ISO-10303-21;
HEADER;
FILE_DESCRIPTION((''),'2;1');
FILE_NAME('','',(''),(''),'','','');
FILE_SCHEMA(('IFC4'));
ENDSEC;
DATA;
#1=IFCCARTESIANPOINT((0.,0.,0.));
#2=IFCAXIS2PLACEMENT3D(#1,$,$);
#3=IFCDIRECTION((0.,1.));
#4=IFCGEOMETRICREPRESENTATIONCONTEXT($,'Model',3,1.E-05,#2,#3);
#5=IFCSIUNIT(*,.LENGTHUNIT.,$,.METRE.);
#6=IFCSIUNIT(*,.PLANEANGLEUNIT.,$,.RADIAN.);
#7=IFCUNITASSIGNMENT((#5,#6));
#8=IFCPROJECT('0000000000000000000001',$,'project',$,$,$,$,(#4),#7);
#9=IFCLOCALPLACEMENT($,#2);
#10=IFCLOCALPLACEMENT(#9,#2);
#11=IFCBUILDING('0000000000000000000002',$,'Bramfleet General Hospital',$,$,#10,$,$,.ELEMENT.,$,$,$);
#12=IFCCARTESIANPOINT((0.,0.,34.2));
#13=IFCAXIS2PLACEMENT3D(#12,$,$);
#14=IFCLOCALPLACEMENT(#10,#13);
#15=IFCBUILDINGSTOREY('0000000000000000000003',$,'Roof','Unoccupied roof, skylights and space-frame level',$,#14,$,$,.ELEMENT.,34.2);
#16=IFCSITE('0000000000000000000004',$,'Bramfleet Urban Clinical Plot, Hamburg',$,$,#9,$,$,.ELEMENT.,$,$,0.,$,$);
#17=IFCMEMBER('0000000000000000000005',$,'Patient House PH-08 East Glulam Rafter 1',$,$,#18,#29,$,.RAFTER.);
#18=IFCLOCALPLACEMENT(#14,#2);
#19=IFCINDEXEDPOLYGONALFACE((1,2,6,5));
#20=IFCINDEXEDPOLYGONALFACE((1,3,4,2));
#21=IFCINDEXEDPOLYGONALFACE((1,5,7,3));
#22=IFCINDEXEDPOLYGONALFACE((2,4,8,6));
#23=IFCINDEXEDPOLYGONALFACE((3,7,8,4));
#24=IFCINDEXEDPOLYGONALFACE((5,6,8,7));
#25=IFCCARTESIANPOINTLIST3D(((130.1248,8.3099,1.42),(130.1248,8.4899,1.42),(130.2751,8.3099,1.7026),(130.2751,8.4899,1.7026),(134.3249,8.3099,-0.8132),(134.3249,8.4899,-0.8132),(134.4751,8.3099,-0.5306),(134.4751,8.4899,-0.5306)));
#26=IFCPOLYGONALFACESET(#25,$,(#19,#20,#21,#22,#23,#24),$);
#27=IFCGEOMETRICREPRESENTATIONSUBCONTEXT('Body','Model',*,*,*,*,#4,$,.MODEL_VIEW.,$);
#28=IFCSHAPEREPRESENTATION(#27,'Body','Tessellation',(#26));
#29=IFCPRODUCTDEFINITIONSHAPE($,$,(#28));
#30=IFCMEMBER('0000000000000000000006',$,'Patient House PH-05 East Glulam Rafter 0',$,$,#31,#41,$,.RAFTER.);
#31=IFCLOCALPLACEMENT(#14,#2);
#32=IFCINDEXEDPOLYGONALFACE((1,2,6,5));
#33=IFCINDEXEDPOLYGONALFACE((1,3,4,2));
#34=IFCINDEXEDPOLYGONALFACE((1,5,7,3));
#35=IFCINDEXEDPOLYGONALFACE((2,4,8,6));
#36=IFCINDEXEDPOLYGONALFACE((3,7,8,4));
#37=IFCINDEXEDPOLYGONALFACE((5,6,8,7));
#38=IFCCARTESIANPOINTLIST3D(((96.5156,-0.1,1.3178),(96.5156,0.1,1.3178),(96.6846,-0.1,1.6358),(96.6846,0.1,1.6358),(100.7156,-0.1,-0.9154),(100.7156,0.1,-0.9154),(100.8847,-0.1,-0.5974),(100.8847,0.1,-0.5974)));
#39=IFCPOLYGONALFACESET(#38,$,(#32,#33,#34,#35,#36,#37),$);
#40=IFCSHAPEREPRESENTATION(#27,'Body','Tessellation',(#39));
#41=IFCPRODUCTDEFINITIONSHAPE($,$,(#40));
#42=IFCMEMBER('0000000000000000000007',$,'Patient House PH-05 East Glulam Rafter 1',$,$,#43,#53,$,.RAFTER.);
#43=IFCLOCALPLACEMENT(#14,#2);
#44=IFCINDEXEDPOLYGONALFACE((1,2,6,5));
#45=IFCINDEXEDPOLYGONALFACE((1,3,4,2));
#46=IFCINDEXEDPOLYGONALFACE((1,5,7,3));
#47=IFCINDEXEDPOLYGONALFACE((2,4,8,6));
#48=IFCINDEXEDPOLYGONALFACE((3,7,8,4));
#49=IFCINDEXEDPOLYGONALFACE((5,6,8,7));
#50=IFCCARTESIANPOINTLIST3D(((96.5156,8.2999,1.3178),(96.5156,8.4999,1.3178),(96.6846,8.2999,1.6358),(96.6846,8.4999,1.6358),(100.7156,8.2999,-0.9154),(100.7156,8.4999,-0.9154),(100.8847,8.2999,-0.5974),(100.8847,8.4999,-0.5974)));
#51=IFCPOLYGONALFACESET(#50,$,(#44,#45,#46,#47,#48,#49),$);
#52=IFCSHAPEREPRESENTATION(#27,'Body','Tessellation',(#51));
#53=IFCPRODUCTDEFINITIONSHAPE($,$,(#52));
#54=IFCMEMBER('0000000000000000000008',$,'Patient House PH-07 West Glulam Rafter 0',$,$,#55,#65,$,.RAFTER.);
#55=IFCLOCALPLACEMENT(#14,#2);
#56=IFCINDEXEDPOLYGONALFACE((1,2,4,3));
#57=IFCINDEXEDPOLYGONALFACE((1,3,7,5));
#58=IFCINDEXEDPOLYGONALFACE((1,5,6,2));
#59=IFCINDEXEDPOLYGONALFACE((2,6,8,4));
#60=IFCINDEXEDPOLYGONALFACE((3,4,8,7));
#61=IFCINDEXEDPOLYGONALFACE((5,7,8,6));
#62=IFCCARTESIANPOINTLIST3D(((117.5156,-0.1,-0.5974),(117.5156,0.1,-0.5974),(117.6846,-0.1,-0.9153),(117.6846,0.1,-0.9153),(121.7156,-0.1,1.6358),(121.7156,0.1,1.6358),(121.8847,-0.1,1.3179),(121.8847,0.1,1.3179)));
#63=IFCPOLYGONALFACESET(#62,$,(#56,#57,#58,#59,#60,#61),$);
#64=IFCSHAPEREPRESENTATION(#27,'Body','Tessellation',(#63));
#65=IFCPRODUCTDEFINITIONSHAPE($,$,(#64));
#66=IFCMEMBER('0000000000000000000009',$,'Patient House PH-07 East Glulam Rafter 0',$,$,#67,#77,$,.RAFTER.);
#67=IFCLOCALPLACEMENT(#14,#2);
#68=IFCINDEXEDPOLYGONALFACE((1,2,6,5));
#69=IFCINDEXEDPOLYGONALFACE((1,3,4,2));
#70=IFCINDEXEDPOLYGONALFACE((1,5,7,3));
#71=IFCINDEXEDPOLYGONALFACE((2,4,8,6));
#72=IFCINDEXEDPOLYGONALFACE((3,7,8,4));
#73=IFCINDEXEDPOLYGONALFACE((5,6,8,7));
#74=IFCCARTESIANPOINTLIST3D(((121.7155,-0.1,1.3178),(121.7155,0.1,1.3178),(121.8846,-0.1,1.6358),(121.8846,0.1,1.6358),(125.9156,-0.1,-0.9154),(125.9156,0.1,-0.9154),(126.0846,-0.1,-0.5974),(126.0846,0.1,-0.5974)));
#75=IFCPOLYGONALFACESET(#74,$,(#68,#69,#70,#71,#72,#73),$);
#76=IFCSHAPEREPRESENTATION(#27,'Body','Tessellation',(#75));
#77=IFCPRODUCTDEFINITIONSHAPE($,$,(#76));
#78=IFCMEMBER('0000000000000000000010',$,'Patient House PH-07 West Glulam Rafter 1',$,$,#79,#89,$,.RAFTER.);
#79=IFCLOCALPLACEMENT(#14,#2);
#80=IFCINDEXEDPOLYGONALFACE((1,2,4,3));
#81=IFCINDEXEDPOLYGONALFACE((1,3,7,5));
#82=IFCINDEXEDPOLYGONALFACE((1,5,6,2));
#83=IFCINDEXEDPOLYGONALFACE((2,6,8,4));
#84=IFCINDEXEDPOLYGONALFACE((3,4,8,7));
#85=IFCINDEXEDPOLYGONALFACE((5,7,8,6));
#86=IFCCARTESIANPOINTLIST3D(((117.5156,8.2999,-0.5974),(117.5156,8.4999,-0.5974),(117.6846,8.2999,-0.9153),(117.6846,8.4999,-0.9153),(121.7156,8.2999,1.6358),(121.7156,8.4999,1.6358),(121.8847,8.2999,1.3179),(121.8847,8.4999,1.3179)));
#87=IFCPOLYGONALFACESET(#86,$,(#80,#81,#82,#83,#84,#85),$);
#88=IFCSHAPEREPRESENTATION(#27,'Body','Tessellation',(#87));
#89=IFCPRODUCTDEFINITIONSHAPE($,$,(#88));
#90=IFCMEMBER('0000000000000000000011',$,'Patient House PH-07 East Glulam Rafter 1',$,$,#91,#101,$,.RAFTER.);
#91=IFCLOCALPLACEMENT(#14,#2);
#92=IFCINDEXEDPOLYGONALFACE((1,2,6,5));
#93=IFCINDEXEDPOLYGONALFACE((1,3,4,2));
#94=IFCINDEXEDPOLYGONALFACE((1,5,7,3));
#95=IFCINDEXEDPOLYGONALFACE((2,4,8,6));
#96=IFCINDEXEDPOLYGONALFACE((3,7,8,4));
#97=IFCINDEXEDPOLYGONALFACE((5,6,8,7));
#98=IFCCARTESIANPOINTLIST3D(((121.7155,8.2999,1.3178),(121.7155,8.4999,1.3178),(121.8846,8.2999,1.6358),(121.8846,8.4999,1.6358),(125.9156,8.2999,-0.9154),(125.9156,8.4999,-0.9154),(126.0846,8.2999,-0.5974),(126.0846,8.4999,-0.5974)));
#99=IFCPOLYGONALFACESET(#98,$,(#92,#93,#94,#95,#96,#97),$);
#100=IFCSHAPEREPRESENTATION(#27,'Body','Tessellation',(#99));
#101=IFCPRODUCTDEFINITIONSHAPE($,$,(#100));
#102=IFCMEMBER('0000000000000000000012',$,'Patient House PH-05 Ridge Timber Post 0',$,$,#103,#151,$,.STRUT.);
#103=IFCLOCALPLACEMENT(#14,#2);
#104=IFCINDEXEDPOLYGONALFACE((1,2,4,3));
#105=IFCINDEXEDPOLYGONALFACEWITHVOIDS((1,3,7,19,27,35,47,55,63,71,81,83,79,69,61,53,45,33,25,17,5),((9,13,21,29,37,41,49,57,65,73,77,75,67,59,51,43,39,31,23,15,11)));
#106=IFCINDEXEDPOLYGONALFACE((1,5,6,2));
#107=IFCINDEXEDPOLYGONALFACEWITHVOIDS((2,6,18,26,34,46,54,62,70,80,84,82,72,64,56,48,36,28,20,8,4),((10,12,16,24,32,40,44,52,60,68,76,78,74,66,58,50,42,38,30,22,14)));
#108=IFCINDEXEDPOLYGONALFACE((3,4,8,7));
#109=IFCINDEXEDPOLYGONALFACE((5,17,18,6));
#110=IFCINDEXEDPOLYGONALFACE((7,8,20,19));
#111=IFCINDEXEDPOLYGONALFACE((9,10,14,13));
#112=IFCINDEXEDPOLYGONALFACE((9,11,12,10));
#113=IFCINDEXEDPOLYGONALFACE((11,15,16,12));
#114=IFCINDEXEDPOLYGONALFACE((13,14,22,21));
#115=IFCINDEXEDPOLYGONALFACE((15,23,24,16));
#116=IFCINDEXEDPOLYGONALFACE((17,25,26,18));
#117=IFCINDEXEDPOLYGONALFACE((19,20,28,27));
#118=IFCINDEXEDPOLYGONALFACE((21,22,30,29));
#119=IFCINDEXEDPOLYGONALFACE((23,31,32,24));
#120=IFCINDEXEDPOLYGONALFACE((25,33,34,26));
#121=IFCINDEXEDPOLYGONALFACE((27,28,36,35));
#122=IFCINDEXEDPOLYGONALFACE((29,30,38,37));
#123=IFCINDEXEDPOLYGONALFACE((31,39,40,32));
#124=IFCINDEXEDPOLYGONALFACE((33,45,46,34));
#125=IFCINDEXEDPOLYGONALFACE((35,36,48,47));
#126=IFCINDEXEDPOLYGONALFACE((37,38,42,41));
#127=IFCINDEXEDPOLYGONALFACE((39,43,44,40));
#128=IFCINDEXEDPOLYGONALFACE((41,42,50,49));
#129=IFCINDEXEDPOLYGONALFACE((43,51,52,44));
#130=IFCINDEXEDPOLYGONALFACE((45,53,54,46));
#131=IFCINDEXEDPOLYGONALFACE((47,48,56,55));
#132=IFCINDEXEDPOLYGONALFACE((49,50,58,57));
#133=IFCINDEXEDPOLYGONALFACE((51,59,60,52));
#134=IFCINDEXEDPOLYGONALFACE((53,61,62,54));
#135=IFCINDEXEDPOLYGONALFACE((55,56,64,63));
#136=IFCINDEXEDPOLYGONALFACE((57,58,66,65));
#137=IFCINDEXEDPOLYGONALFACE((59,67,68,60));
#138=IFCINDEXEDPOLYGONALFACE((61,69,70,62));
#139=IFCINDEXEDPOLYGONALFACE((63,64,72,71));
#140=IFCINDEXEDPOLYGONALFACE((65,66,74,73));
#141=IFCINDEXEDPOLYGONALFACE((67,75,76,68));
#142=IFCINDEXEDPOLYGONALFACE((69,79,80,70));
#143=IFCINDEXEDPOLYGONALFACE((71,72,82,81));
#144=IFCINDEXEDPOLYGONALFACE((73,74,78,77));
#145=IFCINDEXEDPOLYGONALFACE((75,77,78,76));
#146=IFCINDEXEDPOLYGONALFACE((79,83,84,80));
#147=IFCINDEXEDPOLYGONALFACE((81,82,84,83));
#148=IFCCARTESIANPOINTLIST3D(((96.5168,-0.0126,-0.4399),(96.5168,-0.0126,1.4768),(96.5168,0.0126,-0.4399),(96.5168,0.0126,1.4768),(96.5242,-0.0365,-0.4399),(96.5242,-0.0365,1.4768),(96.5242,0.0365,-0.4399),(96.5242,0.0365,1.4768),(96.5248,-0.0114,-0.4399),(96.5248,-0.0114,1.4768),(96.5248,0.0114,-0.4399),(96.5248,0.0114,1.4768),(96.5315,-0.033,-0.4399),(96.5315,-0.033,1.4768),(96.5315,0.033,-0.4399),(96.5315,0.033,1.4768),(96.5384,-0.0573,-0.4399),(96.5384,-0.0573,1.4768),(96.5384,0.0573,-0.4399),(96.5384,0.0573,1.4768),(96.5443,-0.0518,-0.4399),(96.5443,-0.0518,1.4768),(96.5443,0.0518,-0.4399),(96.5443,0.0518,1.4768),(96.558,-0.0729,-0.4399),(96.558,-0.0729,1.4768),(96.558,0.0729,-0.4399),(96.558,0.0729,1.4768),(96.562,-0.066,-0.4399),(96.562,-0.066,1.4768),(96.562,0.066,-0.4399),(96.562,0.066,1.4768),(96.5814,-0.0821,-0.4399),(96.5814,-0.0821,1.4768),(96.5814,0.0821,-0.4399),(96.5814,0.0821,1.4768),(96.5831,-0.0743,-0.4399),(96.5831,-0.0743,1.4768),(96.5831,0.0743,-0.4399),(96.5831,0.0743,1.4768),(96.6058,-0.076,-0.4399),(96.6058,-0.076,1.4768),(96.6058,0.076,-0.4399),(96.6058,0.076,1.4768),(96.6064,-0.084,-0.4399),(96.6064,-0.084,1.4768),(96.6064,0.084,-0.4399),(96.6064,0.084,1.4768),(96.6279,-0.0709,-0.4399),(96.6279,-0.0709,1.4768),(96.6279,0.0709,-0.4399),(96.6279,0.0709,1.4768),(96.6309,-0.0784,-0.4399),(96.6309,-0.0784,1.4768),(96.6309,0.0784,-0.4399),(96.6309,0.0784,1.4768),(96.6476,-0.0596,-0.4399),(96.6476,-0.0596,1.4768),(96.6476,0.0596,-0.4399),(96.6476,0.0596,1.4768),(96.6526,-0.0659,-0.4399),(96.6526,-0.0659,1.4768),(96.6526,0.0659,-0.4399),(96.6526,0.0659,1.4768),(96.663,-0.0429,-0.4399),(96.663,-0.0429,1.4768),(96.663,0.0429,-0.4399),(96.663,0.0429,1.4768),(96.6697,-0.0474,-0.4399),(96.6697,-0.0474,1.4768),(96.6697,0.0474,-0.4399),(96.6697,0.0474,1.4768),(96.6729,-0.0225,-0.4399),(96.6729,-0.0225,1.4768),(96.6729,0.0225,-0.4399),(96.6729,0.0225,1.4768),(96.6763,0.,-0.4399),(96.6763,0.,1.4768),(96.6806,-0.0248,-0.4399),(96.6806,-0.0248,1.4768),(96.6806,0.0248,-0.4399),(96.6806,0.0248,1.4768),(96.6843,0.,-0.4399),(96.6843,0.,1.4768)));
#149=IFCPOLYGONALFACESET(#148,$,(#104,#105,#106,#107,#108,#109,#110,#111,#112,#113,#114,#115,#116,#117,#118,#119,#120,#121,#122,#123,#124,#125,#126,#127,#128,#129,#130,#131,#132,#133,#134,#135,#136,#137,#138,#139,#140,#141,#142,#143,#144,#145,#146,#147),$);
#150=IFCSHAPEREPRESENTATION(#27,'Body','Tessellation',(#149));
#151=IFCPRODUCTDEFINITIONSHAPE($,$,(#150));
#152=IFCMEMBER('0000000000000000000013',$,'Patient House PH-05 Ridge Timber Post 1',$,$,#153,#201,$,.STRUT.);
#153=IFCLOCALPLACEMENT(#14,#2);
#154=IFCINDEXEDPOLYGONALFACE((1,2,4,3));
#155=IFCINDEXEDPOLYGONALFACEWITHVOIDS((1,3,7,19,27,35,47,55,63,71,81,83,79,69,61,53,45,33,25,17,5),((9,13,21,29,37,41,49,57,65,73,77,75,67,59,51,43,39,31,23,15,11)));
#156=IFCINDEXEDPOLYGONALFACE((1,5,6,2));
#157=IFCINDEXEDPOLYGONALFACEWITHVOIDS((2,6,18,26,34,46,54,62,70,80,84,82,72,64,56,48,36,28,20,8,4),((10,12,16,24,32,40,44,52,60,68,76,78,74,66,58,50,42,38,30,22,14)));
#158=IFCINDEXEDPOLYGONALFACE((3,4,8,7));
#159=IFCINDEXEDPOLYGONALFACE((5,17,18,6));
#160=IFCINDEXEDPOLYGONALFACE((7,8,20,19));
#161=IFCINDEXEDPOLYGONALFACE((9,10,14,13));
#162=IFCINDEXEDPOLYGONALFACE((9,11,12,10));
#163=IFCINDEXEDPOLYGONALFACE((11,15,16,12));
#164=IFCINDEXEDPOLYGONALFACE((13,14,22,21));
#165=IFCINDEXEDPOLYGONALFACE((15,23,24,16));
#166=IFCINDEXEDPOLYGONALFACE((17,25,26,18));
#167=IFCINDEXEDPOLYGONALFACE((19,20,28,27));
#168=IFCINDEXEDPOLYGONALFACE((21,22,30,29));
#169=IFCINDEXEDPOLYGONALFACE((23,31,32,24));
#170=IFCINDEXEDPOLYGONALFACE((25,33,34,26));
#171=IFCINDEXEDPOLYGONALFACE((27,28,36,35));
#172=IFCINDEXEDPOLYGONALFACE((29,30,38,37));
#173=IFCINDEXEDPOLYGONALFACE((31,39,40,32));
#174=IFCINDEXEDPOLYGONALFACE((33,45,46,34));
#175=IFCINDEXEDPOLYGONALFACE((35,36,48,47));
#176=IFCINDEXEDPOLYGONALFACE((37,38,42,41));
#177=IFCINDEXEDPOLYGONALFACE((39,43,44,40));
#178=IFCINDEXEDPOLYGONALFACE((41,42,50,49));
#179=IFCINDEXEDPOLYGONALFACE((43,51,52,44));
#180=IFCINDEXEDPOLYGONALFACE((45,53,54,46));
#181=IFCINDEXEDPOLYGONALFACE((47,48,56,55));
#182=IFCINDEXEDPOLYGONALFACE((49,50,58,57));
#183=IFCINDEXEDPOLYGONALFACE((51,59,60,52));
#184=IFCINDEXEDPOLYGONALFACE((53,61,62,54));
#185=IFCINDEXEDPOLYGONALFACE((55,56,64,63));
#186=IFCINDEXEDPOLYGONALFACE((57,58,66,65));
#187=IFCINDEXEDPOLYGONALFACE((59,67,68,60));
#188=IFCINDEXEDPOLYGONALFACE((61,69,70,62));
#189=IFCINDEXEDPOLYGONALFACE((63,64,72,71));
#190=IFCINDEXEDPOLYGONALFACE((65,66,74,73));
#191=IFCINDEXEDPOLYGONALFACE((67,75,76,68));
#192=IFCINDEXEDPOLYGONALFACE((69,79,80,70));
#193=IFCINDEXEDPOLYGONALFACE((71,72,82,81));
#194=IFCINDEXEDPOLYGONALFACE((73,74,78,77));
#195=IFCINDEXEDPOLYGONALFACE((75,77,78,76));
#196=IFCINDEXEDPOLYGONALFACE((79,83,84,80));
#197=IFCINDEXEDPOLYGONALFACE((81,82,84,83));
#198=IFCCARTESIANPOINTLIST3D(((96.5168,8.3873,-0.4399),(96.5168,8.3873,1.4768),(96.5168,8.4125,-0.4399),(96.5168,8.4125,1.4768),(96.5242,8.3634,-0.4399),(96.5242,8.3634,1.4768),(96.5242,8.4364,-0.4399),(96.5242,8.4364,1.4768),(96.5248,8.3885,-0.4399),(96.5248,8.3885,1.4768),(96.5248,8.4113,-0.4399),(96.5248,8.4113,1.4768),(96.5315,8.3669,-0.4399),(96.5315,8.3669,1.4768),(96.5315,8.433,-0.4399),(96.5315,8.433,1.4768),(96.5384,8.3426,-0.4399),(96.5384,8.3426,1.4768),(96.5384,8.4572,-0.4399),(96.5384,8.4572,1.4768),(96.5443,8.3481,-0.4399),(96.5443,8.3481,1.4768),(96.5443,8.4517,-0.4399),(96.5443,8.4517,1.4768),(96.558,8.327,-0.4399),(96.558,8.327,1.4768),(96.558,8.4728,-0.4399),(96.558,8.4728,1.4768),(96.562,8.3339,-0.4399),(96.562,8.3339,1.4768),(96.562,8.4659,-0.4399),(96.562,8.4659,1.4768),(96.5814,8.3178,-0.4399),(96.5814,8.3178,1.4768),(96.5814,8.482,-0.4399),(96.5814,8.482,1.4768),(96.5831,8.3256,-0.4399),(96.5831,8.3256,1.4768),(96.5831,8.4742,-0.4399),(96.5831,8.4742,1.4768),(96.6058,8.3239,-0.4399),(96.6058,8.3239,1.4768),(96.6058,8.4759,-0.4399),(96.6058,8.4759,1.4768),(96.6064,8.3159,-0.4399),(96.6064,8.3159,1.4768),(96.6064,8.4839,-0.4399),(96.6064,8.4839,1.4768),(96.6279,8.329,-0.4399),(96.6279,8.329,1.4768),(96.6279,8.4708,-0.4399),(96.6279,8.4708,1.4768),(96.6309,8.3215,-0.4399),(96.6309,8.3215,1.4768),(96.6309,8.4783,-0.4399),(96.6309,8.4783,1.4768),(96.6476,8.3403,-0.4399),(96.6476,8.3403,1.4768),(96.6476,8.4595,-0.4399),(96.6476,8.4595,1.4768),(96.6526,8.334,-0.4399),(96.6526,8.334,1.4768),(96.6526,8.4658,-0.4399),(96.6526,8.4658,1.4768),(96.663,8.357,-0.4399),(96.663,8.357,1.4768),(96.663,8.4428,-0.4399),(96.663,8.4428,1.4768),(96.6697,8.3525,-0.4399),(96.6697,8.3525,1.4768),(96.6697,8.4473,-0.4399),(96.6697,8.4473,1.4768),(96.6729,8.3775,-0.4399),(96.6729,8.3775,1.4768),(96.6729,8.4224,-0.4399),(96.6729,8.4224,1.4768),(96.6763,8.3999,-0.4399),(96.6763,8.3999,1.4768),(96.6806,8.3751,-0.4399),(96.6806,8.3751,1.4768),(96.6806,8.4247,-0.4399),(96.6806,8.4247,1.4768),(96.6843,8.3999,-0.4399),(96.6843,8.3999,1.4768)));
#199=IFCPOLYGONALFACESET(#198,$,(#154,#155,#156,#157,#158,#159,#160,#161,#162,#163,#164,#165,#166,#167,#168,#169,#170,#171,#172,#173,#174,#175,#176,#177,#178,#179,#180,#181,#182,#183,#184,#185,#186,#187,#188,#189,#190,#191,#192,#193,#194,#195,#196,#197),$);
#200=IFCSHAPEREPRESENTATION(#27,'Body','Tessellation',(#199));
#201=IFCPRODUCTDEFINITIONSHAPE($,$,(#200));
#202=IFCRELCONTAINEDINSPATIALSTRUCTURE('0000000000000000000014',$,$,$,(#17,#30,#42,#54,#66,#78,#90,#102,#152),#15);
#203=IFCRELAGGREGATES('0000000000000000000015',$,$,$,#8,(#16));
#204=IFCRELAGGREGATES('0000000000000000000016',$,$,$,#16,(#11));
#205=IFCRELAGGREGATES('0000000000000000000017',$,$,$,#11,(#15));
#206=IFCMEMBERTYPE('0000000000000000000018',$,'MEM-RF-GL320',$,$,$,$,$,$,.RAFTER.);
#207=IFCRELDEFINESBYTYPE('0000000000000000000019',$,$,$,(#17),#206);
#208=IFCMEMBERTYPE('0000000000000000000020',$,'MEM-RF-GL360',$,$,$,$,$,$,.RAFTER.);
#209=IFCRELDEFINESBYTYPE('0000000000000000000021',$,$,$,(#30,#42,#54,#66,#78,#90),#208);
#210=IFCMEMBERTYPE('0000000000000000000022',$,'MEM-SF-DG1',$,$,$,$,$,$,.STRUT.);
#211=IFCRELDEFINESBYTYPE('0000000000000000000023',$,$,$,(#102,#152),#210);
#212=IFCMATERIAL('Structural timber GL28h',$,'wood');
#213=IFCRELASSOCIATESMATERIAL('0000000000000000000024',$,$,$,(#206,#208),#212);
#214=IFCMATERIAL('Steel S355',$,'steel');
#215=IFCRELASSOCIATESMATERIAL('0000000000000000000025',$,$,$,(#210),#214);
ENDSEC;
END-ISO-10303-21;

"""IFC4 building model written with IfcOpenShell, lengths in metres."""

from ifc_helpers import new_model, si_unit, direction, frame, origin, origin_2d, place, context, subcontext, project, spatial, rectangle, hollow_circle, extrude, material, material_profile, profile_set, type_object, element, save


model = new_model("IFC4")

# Units and contexts
model_context = context("Model", 3, precision=1e-05, world=origin(), true_north=direction((0.0, 1.0)))
body_context = subcontext(model_context, "Body", "Model", "MODEL_VIEW")
ifc_project = project(units=[si_unit("LENGTHUNIT", "METRE"), si_unit("PLANEANGLEUNIT", "RADIAN")], contexts=[model_context])

# Site, building, storey
site_placement = place(None, origin())
site = spatial("IfcSite", under=ifc_project, at=site_placement, Name="Bramfleet Urban Clinical Plot, Hamburg", CompositionType="ELEMENT", RefElevation=0.0)
building_placement = place(site_placement, origin())
building = spatial("IfcBuilding", under=site, at=building_placement, Name="Bramfleet General Hospital", CompositionType="ELEMENT")
storey_placement = place(building_placement, frame((0.0, 0.0, 34.2)))
storey = spatial("IfcBuildingStorey", under=building, at=storey_placement, Name="Roof", Description="Unoccupied roof, skylights and space-frame level", CompositionType="ELEMENT", Elevation=34.2)

# Shared definitions
ifc_material_1 = material(Name="Structural timber GL28h", Category="wood")

# Members
ifc_material_profile_1 = material_profile(ifc_material_1, rectangle(XDim=0.1799, YDim=0.3201, at=origin_2d()), Name="GL28h 320x180")
ifc_profile_set_1 = profile_set([ifc_material_profile_1], Name="Structural timber GL28h")
member_type_1 = type_object("IfcMemberType", Name="MEM-RF-GL320", PredefinedType="RAFTER", material=ifc_profile_set_1)
for number, where, z_axis, x_axis, name in (
    (1, (130.2, 8.3999, 1.5613), (0.882948, 0.0, -0.469472), (0.0, 1.0, 0.0), "Patient House PH-08 East Glulam Rafter 1"),
):
    element("IfcMember", number, at=place(storey_placement, frame(where, z_axis=z_axis, x_axis=x_axis)), inside=storey, type_object=member_type_1, Name=name, PredefinedType="RAFTER", context=body_context, shape_type="SweptSolid", body=[
        extrude(rectangle(XDim=0.1799, YDim=0.3201, at=origin_2d()), origin(), (0.0, 0.0, 1.0), 4.7568),
    ])
ifc_material_profile_2 = material_profile(ifc_material_1, rectangle(XDim=0.2, YDim=0.3601, at=origin_2d()), Name="GL28h 360x200")
ifc_profile_set_2 = profile_set([ifc_material_profile_2], Name="Structural timber GL28h")
member_type_2 = type_object("IfcMemberType", Name="MEM-RF-GL360", PredefinedType="RAFTER", material=ifc_profile_set_2)
for number, where, z_axis, x_axis, name in (
    (2, (96.6001, 0.0, 1.4768), (0.882948, 0.0, -0.469472), (0.0, 1.0, 0.0), "Patient House PH-05 East Glulam Rafter 0"),
    (3, (96.6001, 8.3999, 1.4768), (0.882948, 0.0, -0.469472), (0.0, 1.0, 0.0), "Patient House PH-05 East Glulam Rafter 1"),
    (4, (117.6001, 0.0, -0.7563), (0.882948, 0.0, 0.469472), (0.0, 1.0, 0.0), "Patient House PH-07 West Glulam Rafter 0"),
    (5, (121.8, 0.0, 1.4768), (0.882948, 0.0, -0.469472), (0.0, 1.0, 0.0), "Patient House PH-07 East Glulam Rafter 0"),
    (6, (117.6001, 8.3999, -0.7563), (0.882948, 0.0, 0.469472), (0.0, 1.0, 0.0), "Patient House PH-07 West Glulam Rafter 1"),
    (7, (121.8, 8.3999, 1.4768), (0.882948, 0.0, -0.469472), (0.0, 1.0, 0.0), "Patient House PH-07 East Glulam Rafter 1"),
):
    element("IfcMember", number, at=place(storey_placement, frame(where, z_axis=z_axis, x_axis=x_axis)), inside=storey, type_object=member_type_2, Name=name, PredefinedType="RAFTER", context=body_context, shape_type="SweptSolid", body=[
        extrude(rectangle(XDim=0.2, YDim=0.3601, at=origin_2d()), origin(), (0.0, 0.0, 1.0), 4.7568),
    ])
ifc_material_2 = material(Name="Steel S355", Category="steel")
ifc_material_profile_3 = material_profile(ifc_material_2, hollow_circle(Radius=0.0842, WallThickness=0.0081, at=origin_2d()), Name="CHS 168.3x8.0")
ifc_profile_set_3 = profile_set([ifc_material_profile_3], Name="Steel S355")
member_type_3 = type_object("IfcMemberType", Name="MEM-SF-DG1", PredefinedType="STRUT", material=ifc_profile_set_3)
for number, where, z_axis, x_axis, name in (
    (8, (96.6001, 0.0, -0.4399), (0.0, 0.0, 1.0), (1.0, 0.0, 0.0), "Patient House PH-05 Ridge Timber Post 0"),
    (9, (96.6001, 8.3999, -0.4399), (0.0, 0.0, 1.0), (1.0, 0.0, 0.0), "Patient House PH-05 Ridge Timber Post 1"),
):
    element("IfcMember", number, at=place(storey_placement, frame(where, z_axis=z_axis, x_axis=x_axis)), inside=storey, type_object=member_type_3, Name=name, PredefinedType="STRUT", context=body_context, shape_type="SweptSolid", body=[
        extrude(hollow_circle(Radius=0.0842, WallThickness=0.0081, at=origin_2d()), origin(), (0.0, 0.0, 1.0), 1.9167),
    ])

save(model, "model.ifc")
